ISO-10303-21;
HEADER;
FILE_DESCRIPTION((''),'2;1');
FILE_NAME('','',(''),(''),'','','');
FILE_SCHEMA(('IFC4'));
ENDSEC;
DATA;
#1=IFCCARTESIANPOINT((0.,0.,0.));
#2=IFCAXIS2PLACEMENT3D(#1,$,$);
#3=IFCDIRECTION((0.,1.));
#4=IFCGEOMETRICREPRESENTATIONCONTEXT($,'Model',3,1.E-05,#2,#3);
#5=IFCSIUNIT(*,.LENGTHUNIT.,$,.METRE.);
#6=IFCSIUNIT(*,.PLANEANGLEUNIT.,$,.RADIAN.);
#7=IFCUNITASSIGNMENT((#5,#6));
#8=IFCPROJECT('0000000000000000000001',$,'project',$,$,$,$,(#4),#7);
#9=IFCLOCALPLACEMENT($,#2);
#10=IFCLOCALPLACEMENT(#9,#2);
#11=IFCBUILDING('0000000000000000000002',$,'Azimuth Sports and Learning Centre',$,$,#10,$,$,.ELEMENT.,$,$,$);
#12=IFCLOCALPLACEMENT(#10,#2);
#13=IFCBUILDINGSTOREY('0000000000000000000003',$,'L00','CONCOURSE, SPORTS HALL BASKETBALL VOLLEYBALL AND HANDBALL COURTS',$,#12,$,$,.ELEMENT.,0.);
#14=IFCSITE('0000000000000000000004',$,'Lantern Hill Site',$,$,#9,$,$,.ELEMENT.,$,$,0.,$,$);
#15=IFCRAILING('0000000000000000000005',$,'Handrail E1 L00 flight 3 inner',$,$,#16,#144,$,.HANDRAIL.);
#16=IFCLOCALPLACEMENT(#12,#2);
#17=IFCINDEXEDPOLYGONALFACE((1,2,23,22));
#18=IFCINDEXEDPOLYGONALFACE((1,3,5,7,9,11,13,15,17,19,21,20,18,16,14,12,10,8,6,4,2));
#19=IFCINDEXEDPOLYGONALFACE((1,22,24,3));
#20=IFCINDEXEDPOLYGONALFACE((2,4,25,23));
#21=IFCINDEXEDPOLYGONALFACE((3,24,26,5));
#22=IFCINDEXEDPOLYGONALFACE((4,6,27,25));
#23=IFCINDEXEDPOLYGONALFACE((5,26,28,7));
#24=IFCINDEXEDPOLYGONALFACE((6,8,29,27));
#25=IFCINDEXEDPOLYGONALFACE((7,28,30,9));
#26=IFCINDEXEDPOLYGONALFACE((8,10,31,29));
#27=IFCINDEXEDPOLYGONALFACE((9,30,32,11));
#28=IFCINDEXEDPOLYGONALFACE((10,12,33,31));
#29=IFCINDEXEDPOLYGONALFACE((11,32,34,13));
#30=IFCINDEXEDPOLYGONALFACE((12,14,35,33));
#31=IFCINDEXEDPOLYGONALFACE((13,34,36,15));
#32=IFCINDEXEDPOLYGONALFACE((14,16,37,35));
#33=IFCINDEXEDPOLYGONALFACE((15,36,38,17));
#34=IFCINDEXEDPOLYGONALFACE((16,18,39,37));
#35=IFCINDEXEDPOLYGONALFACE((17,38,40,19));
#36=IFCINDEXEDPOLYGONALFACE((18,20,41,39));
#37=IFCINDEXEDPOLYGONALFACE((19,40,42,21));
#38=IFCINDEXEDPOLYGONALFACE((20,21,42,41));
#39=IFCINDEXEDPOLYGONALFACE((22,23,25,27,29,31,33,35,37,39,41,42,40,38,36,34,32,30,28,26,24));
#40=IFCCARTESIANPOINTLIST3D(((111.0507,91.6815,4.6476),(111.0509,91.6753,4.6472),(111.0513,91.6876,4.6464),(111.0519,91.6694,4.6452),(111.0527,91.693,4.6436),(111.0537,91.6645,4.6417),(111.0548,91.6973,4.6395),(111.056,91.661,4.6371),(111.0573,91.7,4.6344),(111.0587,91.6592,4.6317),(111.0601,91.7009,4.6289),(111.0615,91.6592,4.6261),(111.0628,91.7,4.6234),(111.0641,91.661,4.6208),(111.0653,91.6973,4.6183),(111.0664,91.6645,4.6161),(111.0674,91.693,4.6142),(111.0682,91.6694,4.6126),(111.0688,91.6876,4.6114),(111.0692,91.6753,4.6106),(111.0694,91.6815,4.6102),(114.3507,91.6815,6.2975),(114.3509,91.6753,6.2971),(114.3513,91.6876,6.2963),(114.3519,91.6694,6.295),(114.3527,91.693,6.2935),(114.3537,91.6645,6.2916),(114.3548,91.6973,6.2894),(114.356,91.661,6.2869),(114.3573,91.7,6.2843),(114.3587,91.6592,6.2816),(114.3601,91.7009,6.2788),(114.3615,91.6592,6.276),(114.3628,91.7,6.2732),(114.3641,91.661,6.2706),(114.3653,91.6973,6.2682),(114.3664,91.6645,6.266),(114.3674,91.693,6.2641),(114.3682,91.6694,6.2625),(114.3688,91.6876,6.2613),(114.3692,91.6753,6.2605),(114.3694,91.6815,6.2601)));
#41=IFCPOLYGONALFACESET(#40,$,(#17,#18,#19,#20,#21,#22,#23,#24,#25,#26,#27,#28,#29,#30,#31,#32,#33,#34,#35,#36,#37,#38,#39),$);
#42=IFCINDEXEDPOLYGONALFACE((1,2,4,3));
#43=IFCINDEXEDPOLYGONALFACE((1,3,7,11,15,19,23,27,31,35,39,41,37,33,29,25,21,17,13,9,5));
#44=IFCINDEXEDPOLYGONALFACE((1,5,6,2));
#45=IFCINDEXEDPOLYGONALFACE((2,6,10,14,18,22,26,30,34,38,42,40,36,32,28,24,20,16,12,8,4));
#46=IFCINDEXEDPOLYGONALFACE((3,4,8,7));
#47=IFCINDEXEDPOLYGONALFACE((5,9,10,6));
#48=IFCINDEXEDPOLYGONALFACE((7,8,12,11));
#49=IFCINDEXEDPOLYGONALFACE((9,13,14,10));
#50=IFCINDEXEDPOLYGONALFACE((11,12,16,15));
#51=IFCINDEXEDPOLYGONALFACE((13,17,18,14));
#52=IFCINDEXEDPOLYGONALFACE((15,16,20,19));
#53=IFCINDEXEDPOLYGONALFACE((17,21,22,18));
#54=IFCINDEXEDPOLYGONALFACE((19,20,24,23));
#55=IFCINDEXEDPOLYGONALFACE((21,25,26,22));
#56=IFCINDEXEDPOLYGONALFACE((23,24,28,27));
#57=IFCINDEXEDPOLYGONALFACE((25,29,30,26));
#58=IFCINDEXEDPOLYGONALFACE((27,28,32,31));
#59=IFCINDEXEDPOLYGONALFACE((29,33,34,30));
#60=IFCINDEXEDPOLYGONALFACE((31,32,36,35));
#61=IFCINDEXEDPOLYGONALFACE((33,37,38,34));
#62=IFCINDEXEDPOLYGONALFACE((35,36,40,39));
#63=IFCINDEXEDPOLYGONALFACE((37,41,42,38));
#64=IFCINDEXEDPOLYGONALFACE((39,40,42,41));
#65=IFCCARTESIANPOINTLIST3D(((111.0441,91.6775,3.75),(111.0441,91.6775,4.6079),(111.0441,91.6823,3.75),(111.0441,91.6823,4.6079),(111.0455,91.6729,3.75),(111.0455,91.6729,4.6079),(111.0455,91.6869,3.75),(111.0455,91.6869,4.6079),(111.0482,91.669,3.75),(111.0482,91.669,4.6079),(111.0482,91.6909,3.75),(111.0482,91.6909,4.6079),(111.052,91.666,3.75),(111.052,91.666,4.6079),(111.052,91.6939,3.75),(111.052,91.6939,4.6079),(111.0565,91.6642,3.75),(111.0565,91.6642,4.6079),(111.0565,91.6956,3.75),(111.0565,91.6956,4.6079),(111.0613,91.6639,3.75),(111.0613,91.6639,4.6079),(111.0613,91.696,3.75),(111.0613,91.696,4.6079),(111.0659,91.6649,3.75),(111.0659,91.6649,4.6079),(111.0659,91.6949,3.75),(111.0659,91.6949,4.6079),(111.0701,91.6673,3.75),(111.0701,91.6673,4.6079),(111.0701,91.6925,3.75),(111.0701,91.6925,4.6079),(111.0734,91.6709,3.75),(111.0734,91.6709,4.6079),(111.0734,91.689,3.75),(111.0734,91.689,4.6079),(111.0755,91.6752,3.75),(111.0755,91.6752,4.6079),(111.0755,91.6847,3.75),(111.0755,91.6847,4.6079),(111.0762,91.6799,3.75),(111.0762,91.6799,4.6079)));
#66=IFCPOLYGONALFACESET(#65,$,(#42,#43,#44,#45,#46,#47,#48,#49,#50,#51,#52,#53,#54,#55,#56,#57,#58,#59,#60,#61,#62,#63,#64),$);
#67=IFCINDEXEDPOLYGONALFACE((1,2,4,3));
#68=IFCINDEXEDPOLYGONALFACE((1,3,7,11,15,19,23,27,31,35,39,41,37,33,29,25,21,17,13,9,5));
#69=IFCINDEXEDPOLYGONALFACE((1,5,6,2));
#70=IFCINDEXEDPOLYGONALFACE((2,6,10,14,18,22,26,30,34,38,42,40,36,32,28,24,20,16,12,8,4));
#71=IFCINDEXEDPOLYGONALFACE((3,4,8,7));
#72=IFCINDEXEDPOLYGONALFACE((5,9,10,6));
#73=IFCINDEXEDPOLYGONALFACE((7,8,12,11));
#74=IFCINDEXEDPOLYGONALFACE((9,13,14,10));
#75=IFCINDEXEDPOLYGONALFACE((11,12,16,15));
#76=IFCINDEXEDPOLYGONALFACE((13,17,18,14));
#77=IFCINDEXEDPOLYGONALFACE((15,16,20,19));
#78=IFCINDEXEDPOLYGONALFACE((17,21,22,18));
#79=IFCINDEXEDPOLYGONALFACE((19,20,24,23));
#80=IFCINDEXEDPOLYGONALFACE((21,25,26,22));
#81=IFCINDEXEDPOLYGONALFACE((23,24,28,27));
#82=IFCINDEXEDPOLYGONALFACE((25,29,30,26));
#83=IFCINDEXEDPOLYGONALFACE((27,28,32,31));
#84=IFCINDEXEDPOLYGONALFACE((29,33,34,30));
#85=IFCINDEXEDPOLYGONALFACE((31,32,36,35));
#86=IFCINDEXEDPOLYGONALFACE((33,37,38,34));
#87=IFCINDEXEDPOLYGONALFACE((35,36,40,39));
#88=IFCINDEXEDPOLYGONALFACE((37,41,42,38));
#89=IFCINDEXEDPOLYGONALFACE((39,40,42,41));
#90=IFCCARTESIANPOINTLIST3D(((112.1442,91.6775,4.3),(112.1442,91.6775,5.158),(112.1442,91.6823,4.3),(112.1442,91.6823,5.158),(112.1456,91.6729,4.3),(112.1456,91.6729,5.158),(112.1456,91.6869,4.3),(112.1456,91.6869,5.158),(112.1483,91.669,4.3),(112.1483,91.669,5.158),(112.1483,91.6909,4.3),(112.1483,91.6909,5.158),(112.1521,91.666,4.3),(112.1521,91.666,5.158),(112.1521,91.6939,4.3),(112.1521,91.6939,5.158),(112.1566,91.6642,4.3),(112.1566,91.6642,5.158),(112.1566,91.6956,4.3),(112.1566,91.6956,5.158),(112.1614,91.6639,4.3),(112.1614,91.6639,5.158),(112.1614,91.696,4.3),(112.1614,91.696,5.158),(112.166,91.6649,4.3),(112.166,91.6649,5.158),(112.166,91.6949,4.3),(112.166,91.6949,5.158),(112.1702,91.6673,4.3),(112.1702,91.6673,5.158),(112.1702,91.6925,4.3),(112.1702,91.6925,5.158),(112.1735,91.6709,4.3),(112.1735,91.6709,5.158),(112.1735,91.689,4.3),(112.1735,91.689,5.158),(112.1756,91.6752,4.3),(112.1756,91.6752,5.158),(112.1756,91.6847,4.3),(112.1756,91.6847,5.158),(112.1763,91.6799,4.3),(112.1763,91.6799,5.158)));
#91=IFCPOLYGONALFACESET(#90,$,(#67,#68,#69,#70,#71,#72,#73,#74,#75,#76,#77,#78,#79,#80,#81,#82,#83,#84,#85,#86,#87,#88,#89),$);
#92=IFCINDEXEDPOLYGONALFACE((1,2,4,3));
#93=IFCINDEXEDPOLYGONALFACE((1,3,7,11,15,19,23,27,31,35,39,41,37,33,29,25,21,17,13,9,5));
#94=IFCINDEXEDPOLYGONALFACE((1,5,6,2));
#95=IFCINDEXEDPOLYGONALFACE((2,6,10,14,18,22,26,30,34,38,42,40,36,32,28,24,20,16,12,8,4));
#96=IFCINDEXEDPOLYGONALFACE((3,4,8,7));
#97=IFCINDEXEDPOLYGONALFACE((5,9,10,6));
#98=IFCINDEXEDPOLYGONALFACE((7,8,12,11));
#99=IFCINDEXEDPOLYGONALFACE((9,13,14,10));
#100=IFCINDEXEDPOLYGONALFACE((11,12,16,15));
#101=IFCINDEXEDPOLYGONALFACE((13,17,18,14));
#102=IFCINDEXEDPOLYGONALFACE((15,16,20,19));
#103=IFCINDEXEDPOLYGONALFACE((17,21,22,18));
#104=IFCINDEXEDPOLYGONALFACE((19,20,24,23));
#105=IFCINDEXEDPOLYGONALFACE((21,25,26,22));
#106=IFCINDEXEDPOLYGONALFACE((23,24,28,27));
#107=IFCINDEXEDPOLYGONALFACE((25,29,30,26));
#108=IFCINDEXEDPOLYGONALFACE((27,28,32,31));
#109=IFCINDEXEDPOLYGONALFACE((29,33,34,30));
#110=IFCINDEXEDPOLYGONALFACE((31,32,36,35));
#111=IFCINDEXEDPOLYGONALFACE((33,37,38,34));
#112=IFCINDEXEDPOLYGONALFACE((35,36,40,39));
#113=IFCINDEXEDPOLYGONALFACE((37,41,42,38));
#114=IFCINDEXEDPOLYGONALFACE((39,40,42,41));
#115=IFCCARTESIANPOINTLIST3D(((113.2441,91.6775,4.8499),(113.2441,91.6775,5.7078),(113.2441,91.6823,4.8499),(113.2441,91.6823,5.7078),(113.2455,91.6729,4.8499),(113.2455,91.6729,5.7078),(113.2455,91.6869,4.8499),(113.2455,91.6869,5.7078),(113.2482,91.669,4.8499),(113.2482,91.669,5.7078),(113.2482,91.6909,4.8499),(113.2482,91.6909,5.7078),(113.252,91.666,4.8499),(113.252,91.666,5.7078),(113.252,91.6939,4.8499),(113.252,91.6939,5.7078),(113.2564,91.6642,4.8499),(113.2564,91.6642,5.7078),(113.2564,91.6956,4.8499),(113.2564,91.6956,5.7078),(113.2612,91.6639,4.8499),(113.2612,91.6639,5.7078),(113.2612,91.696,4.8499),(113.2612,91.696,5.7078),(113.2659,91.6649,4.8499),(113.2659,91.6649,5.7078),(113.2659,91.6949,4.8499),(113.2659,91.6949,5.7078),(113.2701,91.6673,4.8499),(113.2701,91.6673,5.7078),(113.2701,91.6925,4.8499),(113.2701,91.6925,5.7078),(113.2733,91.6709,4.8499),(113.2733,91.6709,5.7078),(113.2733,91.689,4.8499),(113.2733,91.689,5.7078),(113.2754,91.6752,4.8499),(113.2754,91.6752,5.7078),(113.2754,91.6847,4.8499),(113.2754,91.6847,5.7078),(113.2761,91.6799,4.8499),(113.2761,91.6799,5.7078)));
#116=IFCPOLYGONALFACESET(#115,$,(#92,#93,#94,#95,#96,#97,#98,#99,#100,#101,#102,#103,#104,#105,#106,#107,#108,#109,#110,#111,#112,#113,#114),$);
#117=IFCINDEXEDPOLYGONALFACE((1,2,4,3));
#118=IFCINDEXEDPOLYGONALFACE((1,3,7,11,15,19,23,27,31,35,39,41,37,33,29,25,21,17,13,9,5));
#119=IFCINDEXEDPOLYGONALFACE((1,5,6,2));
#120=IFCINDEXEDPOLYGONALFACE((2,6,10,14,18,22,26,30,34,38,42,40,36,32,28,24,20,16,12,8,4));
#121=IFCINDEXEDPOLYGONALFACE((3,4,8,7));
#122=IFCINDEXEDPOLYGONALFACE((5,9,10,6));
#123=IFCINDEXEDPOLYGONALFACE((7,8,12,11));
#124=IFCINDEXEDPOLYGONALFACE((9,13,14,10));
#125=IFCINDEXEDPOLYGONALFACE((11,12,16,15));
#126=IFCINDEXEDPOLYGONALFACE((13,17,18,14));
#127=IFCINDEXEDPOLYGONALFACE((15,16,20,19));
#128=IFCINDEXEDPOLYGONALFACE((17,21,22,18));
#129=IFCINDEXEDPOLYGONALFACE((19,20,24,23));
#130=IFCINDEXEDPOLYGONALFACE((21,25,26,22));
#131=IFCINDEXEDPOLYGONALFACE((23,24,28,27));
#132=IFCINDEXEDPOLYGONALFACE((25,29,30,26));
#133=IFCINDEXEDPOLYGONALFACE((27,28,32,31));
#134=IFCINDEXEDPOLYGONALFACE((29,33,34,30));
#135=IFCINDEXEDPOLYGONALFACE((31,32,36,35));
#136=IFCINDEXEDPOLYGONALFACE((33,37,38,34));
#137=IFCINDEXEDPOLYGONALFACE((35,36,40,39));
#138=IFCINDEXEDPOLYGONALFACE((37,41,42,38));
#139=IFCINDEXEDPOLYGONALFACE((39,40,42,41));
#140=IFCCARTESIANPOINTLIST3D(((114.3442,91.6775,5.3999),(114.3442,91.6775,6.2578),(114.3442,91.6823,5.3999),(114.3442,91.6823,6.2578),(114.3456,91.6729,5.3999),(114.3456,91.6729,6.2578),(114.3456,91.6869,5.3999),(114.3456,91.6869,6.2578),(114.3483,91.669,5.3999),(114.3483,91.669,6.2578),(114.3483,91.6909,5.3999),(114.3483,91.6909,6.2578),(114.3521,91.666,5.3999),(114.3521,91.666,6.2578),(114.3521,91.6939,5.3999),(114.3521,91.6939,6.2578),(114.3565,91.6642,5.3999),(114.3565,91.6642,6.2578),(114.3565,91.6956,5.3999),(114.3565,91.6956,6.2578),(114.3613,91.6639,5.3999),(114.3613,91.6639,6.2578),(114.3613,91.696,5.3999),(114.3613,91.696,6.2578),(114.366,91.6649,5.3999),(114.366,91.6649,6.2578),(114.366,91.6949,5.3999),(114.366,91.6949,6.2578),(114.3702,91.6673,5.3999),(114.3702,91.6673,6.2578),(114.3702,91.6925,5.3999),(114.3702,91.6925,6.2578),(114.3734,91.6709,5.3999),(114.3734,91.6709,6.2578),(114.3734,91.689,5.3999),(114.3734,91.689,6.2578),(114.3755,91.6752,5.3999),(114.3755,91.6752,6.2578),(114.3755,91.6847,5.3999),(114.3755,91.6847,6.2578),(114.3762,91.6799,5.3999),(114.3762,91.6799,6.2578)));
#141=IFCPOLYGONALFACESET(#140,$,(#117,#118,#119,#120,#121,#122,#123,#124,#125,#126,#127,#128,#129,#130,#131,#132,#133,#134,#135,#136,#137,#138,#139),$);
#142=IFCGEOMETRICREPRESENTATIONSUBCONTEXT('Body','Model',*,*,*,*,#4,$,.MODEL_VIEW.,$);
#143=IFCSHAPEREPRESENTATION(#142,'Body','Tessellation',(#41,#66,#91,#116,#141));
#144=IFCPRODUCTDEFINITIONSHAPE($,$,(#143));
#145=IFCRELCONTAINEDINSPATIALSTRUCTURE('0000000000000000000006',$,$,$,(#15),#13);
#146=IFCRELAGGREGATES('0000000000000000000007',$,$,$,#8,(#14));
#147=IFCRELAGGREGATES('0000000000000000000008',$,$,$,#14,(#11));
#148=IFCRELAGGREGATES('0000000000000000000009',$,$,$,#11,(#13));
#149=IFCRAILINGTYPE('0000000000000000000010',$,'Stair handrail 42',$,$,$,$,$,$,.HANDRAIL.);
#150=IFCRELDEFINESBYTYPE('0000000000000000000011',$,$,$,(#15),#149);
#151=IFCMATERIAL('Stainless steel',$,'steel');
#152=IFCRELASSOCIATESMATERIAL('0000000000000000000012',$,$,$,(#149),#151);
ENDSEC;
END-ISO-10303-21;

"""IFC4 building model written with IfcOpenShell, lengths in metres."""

from ifc_helpers import new_model, si_unit, direction, frame, origin, origin_2d, place, context, subcontext, project, spatial, circle, extrude, material, type_object, element, save


model = new_model("IFC4")

# Units and contexts
model_context = context("Model", 3, precision=1e-05, world=origin(), true_north=direction((0.0, 1.0)))
body_context = subcontext(model_context, "Body", "Model", "MODEL_VIEW")
ifc_project = project(units=[si_unit("LENGTHUNIT", "METRE"), si_unit("PLANEANGLEUNIT", "RADIAN")], contexts=[model_context])

# Site, building, storey
site_placement = place(None, origin())
site = spatial("IfcSite", under=ifc_project, at=site_placement, Name="Lantern Hill Site", CompositionType="ELEMENT", RefElevation=0.0)
building_placement = place(site_placement, origin())
building = spatial("IfcBuilding", under=site, at=building_placement, Name="Azimuth Sports and Learning Centre", CompositionType="ELEMENT")
storey_placement = place(building_placement, origin())
storey = spatial("IfcBuildingStorey", under=building, at=storey_placement, Name="L00", Description="CONCOURSE, SPORTS HALL BASKETBALL VOLLEYBALL AND HANDBALL COURTS", CompositionType="ELEMENT", Elevation=0.0)

# Railing
ifc_material_1 = material(Name="Stainless steel", Category="steel")
railing_type_1 = type_object("IfcRailingType", Name="Stair handrail 42", PredefinedType="HANDRAIL", material=ifc_material_1)
for number, where, name in (
    (1, (111.0601, 91.6799, 3.75), "Handrail E1 L00 flight 3 inner"),
):
    element("IfcRailing", number, at=place(storey_placement, frame(where)), inside=storey, type_object=railing_type_1, Name=name, PredefinedType="HANDRAIL", context=body_context, shape_type="SweptSolid", body=[
        extrude(circle(Radius=0.021, at=origin_2d()), frame((0.0, 0.0, 0.8789), z_axis=(0.89444, 0.0, 0.447187), x_axis=(0.0, 1.0, 0.0)), (0.0, 0.0, 1.0), 3.6895),
        extrude(circle(Radius=0.0161, at=origin_2d()), origin(), (0.0, 0.0, 1.0), 0.8579),
        extrude(circle(Radius=0.0161, at=origin_2d()), frame((1.1001, 0.0, 0.55)), (0.0, 0.0, 1.0), 0.8579),
        extrude(circle(Radius=0.0161, at=origin_2d()), frame((2.2, 0.0, 1.0999)), (0.0, 0.0, 1.0), 0.8579),
        extrude(circle(Radius=0.0161, at=origin_2d()), frame((3.3, 0.0, 1.6499)), (0.0, 0.0, 1.0), 0.8579),
    ])

save(model, "model.ifc")
